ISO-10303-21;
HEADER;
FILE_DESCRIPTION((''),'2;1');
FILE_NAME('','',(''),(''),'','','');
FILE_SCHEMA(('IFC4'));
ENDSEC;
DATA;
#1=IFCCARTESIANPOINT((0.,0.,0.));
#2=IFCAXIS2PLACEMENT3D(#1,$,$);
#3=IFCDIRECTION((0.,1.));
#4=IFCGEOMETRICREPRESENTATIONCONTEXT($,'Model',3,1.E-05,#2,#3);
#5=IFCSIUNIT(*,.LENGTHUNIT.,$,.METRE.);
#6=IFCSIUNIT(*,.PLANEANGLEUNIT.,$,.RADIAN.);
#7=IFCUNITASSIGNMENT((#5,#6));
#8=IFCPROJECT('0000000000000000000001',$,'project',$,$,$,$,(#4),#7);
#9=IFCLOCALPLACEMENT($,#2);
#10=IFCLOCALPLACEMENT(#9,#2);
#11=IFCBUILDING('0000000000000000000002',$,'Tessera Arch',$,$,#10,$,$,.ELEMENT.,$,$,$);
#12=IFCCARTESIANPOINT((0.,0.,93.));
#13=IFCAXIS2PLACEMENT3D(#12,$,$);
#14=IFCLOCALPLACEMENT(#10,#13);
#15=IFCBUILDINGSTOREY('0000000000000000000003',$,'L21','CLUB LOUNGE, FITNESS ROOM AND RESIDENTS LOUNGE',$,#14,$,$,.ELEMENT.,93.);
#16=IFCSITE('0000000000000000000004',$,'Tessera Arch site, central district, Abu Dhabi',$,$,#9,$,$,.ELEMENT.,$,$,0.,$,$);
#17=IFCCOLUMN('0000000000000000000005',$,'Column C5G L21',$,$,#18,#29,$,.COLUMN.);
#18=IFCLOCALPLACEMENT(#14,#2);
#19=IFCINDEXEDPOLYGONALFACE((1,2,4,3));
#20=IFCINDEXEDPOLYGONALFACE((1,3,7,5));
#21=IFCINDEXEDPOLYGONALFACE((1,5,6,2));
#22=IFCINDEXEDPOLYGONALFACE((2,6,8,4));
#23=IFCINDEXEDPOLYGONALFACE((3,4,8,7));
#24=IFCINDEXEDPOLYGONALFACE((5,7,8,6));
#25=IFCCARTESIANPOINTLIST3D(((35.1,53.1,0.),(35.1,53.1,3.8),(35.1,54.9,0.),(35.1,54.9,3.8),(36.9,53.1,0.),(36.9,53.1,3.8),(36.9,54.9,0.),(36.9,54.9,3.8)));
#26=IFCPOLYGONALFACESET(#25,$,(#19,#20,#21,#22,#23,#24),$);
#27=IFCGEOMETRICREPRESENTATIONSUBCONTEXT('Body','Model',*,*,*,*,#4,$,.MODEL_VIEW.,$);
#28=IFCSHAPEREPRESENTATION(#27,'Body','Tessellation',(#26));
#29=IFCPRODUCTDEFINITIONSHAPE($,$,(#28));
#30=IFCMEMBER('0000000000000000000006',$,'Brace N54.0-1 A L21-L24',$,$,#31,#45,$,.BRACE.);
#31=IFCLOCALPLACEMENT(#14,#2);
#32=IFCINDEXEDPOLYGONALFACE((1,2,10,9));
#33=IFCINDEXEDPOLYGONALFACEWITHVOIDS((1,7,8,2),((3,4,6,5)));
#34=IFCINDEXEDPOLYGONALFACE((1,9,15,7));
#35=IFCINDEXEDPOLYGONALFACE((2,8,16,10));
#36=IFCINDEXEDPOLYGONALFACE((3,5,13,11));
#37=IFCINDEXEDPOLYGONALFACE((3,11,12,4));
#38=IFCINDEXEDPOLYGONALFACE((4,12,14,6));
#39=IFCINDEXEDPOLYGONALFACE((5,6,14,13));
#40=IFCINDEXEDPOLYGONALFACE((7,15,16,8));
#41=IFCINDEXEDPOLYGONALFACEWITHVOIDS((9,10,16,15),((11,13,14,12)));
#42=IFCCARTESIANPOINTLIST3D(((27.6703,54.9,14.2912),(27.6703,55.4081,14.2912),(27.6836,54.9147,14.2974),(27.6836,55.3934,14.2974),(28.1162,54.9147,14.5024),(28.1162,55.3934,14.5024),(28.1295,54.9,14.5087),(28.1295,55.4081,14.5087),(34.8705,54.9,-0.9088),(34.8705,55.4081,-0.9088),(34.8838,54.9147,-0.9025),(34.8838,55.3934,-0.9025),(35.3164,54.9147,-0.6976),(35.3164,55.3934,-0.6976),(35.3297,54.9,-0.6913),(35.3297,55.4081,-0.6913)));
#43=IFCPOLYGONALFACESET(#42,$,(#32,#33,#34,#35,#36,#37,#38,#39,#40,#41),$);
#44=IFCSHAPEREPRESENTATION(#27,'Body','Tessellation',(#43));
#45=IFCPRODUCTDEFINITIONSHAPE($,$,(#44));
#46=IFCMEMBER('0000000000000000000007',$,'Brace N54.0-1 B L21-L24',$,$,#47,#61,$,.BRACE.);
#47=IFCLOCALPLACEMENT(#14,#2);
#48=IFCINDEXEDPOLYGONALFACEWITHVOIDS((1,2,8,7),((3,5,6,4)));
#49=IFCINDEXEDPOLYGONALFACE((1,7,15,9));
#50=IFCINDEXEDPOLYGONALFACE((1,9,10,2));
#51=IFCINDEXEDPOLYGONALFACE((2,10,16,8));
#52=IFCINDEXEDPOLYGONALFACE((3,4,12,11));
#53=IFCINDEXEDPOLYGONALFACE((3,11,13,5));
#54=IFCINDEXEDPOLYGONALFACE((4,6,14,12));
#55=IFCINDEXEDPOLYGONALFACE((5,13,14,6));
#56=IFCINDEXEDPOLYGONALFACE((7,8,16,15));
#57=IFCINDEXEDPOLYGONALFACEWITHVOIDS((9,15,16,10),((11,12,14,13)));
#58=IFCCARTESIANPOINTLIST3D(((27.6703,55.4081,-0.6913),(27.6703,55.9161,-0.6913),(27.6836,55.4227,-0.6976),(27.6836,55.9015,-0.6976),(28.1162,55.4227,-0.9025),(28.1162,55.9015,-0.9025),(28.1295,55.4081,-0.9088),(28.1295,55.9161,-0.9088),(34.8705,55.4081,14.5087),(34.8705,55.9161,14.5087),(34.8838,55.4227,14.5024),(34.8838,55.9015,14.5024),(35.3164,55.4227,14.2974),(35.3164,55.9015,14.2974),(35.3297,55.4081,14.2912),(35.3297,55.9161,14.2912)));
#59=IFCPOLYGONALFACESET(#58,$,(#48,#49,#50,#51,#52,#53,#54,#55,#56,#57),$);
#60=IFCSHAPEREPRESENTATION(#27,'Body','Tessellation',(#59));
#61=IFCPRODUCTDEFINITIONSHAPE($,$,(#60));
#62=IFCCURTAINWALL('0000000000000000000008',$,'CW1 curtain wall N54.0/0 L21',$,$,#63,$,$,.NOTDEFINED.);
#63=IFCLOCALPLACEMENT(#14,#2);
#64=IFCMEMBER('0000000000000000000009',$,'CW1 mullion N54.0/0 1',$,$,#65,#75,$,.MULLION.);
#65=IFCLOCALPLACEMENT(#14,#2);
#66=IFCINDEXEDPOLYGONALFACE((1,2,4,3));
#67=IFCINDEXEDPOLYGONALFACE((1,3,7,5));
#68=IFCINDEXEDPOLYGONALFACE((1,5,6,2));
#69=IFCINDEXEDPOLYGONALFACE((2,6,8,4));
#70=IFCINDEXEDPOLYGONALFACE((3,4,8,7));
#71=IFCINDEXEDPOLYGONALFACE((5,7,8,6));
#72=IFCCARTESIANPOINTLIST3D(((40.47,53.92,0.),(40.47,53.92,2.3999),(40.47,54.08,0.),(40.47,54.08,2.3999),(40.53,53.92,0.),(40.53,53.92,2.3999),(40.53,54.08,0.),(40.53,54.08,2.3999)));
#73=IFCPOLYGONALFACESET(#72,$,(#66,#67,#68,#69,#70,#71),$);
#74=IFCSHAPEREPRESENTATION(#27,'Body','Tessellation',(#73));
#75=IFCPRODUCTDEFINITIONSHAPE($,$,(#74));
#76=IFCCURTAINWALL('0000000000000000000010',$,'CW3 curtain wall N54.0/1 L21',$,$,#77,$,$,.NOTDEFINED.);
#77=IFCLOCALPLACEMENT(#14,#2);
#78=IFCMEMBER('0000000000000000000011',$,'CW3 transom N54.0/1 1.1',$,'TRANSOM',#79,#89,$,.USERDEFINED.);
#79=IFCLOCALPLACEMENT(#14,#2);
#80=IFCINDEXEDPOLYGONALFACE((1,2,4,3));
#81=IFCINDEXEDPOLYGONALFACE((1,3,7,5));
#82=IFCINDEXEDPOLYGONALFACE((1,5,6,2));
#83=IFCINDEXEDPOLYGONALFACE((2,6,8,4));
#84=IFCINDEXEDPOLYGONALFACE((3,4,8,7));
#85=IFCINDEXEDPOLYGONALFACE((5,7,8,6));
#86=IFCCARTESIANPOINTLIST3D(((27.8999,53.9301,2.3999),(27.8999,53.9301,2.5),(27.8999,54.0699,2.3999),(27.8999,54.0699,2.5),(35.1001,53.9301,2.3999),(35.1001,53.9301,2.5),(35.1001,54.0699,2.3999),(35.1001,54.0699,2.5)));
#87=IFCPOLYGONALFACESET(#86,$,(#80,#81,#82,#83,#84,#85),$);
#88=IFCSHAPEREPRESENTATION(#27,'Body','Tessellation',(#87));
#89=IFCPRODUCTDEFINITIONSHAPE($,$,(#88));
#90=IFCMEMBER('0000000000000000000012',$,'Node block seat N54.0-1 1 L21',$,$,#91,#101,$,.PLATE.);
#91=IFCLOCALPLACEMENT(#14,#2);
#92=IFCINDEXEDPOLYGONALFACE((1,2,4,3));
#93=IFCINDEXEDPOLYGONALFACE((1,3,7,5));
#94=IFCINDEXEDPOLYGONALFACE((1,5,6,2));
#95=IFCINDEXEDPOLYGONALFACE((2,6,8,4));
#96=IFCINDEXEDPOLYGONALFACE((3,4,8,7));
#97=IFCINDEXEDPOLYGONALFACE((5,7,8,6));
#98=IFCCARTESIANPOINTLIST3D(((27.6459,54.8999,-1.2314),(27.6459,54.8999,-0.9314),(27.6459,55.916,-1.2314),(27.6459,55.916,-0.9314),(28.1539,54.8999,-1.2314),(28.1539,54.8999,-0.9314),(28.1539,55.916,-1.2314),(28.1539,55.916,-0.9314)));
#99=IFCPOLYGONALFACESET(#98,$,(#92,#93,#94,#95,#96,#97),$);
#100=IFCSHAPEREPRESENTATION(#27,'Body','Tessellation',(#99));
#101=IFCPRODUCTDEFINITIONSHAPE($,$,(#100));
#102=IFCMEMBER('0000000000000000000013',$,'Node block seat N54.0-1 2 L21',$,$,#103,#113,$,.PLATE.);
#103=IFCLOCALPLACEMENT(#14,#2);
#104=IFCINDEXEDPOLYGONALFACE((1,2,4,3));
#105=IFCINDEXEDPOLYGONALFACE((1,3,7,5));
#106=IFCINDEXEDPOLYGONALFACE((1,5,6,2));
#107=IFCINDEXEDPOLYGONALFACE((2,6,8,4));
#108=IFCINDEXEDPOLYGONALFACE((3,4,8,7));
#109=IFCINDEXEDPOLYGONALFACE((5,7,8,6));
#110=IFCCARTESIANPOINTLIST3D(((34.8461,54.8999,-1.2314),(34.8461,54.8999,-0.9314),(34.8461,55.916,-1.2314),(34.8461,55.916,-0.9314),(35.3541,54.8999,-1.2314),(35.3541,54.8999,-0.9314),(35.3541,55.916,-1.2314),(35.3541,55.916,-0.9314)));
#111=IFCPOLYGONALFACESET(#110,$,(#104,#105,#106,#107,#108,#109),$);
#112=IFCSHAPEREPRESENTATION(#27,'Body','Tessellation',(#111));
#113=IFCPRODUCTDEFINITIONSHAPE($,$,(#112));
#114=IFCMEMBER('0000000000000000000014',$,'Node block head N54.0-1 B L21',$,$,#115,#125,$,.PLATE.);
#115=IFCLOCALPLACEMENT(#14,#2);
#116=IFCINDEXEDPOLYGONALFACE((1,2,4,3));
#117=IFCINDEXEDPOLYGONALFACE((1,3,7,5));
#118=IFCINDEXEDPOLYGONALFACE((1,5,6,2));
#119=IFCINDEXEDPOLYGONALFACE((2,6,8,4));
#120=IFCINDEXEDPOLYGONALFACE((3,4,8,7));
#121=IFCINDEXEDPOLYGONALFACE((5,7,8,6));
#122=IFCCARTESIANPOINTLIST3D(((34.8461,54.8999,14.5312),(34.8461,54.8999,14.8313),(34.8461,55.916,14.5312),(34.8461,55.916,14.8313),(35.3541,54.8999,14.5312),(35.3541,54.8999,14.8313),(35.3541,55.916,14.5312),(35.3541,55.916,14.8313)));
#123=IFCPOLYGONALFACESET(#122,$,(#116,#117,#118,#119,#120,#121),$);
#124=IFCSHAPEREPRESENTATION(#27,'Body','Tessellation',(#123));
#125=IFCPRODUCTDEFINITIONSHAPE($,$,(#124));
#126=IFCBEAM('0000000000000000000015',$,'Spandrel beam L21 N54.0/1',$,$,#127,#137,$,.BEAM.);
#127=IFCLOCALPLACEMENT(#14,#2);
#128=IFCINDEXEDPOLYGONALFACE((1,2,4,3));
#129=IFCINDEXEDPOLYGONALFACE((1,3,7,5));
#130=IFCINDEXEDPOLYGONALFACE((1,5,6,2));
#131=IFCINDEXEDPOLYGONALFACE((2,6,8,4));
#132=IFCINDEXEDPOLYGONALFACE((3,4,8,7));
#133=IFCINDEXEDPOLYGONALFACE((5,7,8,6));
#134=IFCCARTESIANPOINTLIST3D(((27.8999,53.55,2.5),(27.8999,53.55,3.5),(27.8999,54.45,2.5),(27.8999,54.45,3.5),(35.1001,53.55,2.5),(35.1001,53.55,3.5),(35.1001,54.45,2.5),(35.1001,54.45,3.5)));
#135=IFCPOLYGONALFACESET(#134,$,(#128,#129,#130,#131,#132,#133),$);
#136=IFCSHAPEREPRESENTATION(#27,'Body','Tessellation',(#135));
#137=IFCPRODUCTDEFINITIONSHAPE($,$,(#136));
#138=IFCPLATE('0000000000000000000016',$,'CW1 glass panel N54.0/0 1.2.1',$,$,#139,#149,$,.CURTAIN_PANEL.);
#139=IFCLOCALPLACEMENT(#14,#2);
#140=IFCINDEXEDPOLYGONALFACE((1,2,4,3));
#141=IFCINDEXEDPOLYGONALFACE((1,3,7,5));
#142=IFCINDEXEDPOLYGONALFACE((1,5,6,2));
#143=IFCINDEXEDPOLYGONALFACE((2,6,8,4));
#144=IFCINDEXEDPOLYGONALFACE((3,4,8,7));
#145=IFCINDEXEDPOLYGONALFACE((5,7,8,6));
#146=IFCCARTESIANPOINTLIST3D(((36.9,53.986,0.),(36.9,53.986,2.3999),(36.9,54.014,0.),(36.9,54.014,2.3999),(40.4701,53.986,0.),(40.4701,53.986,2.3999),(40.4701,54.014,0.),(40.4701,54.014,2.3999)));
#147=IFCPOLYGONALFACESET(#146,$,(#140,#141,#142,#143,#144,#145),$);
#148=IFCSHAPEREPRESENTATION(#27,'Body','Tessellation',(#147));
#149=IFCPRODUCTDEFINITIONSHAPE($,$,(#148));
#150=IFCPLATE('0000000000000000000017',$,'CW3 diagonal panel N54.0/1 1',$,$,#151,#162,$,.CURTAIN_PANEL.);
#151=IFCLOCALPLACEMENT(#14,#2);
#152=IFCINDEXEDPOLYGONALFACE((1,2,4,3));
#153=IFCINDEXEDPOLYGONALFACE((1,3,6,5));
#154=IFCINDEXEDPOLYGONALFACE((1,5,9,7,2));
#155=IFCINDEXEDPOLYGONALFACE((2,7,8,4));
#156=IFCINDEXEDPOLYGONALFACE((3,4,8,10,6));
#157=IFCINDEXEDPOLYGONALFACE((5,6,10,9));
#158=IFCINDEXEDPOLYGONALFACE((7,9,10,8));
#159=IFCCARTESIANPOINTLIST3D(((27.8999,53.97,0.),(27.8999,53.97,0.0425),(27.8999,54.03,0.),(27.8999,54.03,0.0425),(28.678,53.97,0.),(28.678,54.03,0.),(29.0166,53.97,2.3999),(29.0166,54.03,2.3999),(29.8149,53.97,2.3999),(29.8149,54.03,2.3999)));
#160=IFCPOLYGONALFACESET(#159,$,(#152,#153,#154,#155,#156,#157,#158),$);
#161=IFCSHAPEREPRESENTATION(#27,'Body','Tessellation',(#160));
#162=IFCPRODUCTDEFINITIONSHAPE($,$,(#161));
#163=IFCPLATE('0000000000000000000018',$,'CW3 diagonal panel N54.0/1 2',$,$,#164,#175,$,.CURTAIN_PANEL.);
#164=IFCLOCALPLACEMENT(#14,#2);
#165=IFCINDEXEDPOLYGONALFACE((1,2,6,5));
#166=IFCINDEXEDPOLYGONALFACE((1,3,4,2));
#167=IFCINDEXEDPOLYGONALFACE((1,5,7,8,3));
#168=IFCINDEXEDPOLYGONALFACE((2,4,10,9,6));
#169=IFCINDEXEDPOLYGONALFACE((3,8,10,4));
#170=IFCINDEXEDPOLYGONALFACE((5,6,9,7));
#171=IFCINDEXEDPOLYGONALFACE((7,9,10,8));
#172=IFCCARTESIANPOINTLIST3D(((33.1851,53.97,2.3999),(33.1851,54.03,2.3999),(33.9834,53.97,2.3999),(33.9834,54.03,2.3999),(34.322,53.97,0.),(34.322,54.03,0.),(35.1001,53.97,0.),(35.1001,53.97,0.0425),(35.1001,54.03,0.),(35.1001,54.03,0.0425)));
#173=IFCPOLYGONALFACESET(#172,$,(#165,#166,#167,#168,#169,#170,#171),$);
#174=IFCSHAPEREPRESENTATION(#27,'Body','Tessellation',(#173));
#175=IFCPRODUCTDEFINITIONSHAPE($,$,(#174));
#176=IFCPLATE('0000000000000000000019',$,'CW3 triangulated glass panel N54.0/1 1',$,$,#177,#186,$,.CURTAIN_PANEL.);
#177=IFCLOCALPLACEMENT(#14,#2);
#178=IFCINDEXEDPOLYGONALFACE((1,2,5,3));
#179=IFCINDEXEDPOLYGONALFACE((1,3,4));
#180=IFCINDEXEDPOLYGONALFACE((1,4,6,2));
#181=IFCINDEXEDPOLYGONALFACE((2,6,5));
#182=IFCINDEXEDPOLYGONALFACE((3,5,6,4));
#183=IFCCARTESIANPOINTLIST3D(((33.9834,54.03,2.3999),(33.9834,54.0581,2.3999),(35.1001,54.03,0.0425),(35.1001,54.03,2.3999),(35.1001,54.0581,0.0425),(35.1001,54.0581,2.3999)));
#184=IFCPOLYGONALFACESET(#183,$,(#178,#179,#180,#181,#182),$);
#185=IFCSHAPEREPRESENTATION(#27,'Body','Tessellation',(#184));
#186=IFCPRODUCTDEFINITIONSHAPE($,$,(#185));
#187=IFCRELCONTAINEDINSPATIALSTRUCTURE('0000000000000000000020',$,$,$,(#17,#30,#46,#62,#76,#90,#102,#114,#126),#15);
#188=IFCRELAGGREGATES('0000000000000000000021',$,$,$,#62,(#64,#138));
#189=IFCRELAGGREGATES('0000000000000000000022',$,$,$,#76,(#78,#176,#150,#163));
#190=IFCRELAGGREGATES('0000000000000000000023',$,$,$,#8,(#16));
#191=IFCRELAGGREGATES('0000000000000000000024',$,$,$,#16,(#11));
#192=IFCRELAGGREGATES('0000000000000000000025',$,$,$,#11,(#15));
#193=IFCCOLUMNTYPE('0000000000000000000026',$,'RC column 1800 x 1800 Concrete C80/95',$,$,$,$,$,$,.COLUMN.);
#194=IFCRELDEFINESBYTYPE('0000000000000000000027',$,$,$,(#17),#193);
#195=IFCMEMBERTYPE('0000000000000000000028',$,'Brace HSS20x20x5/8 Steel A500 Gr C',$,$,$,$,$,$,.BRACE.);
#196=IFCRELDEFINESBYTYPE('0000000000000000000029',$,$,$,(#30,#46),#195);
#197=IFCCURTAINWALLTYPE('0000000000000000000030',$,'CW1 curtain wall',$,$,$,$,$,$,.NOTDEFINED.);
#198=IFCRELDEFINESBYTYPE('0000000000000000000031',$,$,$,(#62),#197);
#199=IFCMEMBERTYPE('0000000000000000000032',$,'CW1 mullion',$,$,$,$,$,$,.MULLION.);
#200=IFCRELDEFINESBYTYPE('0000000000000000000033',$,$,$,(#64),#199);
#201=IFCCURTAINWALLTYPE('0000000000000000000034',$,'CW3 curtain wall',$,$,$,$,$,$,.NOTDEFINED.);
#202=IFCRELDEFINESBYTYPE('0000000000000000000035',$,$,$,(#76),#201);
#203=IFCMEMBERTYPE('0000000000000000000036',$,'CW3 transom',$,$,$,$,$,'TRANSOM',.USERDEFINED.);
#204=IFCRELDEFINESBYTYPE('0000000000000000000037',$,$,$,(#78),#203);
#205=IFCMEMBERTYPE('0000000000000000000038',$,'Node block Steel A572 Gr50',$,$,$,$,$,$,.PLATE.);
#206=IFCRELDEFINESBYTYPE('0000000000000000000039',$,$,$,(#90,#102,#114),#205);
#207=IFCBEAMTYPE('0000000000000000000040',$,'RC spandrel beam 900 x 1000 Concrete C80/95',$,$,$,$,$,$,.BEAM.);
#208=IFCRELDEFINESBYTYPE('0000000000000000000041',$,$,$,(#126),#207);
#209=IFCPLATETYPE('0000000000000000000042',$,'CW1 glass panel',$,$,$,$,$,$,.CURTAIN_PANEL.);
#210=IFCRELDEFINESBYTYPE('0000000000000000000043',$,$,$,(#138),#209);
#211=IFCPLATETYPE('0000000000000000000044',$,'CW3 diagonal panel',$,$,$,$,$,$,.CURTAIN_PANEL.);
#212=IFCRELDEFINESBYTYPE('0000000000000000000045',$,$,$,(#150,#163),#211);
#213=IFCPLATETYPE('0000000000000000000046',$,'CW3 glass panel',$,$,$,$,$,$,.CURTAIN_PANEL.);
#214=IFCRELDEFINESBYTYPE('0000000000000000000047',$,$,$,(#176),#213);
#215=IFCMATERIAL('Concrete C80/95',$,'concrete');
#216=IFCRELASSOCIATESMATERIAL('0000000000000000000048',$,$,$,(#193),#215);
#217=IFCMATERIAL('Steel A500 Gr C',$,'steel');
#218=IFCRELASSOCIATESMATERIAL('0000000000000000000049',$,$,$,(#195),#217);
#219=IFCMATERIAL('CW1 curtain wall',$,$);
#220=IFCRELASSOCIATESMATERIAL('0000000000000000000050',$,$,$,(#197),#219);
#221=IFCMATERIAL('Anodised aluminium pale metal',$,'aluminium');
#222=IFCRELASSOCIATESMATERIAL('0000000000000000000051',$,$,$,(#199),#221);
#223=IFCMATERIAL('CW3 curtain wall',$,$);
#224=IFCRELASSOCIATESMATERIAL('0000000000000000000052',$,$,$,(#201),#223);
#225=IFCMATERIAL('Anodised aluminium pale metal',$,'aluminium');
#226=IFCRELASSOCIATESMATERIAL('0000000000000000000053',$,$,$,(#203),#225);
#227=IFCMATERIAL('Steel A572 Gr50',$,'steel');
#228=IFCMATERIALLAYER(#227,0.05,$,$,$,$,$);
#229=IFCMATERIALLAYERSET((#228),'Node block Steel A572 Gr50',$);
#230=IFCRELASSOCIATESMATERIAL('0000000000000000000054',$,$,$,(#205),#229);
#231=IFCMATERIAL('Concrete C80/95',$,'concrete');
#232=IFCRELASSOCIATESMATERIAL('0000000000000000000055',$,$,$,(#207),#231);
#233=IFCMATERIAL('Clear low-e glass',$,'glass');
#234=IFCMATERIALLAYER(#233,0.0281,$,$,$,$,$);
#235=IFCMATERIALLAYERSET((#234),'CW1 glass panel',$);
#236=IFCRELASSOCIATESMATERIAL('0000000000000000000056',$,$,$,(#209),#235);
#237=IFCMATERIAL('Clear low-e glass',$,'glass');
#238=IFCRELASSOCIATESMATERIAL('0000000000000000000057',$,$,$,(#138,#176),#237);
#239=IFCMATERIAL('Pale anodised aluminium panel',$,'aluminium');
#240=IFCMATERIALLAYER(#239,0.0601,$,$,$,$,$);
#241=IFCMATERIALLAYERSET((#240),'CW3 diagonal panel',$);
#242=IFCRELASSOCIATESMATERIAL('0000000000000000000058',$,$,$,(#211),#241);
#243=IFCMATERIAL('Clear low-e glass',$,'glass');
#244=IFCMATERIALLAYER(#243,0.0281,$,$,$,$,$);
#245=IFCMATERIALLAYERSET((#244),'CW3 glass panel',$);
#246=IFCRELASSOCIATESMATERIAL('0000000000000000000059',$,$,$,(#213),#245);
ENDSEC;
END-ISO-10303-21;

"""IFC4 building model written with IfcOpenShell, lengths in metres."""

from ifc_helpers import new_model, si_unit, direction, frame, origin, origin_2d, place, context, subcontext, project, spatial, polyline, rectangle, hollow_rectangle, outline, extrude, material, layer, layer_set, material_profile, profile_set, type_object, element, aggregate, save


model = new_model("IFC4")

# Units and contexts
model_context = context("Model", 3, precision=1e-05, world=origin(), true_north=direction((0.0, 1.0)))
body_context = subcontext(model_context, "Body", "Model", "MODEL_VIEW")
ifc_project = project(units=[si_unit("LENGTHUNIT", "METRE"), si_unit("PLANEANGLEUNIT", "RADIAN")], contexts=[model_context])

# Site, building, storey
site_placement = place(None, origin())
site = spatial("IfcSite", under=ifc_project, at=site_placement, Name="Tessera Arch site, central district, Abu Dhabi", CompositionType="ELEMENT", RefElevation=0.0)
building_placement = place(site_placement, origin())
building = spatial("IfcBuilding", under=site, at=building_placement, Name="Tessera Arch", CompositionType="ELEMENT")
storey_placement = place(building_placement, frame((0.0, 0.0, 93.0)))
storey = spatial("IfcBuildingStorey", under=building, at=storey_placement, Name="L21", Description="CLUB LOUNGE, FITNESS ROOM AND RESIDENTS LOUNGE", CompositionType="ELEMENT", Elevation=93.0)

# Column
ifc_material_1 = material(Name="Concrete C80/95", Category="concrete")
ifc_material_profile_1 = material_profile(ifc_material_1, rectangle(XDim=1.8, YDim=1.8, at=origin_2d()), Name="RC column 1800 x 1800 Concrete C80/95")
ifc_profile_set_1 = profile_set([ifc_material_profile_1], Name="Concrete C80/95")
column_type = type_object("IfcColumnType", Name="RC column 1800 x 1800 Concrete C80/95", PredefinedType="COLUMN", material=ifc_profile_set_1)
column_placement = place(storey_placement, frame((36.0, 54.0, 0.0), z_axis=(0.0, 0.0, 1.0), x_axis=(1.0, 0.0, 0.0)))
element("IfcColumn", 1, at=column_placement, inside=storey, type_object=column_type, Name="Column C5G L21", PredefinedType="COLUMN", context=body_context, shape_type="SweptSolid", body=[
    extrude(rectangle(XDim=1.8, YDim=1.8, at=origin_2d()), origin(), (0.0, 0.0, 1.0), 3.8),
])

# Members
ifc_material_2 = material(Name="Steel A500 Gr C", Category="steel")
ifc_material_profile_2 = material_profile(ifc_material_2, hollow_rectangle(XDim=0.5081, YDim=0.5081, WallThickness=0.0146, at=origin_2d()), Name="HSS20x20x5/8")
ifc_profile_set_2 = profile_set([ifc_material_profile_2], Name="Steel A500 Gr C")
member_type_1 = type_object("IfcMemberType", Name="Brace HSS20x20x5/8 Steel A500 Gr C", PredefinedType="BRACE", material=ifc_profile_set_2)
for number, where, z_axis, x_axis, name in (
    (2, (35.1001, 55.1541, -0.8), (-0.428097, 0.0, 0.903733), (0.0, -1.0, 0.0), "Brace N54.0-1 A L21-L24"),
    (3, (27.8999, 55.6621, -0.8), (0.428097, 0.0, 0.903733), (0.0, 1.0, 0.0), "Brace N54.0-1 B L21-L24"),
):
    element("IfcMember", number, at=place(storey_placement, frame(where, z_axis=z_axis, x_axis=x_axis)), inside=storey, type_object=member_type_1, Name=name, PredefinedType="BRACE", context=body_context, shape_type="SweptSolid", body=[
        extrude(hollow_rectangle(XDim=0.5081, YDim=0.5081, WallThickness=0.0146, at=origin_2d()), origin(), (0.0, 0.0, 1.0), 16.8191),
    ])

# Curtain walls, members
ifc_material_3 = material(Name="CW1 curtain wall")
curtain_wall_type_1 = type_object("IfcCurtainWallType", Name="CW1 curtain wall", PredefinedType="NOTDEFINED", material=ifc_material_3)
curtain_wall_1_placement = place(storey_placement, origin())
curtain_wall_1 = element("IfcCurtainWall", 4, at=curtain_wall_1_placement, inside=storey, type_object=curtain_wall_type_1, Name="CW1 curtain wall N54.0/0 L21", PredefinedType="NOTDEFINED")
ifc_material_4 = material(Name="Anodised aluminium pale metal", Category="aluminium")
ifc_material_profile_3 = material_profile(ifc_material_4, rectangle(XDim=0.1599, YDim=0.0601, at=origin_2d()), Name="AL 60x160")
ifc_profile_set_3 = profile_set([ifc_material_profile_3], Name="Anodised aluminium pale metal")
member_type_2 = type_object("IfcMemberType", Name="CW1 mullion", PredefinedType="MULLION", material=ifc_profile_set_3)
member_1_placement = place(storey_placement, frame((40.5, 54.0, 0.0), z_axis=(0.0, 0.0, 1.0), x_axis=(0.0, -1.0, 0.0)))
member_1 = element("IfcMember", 5, at=member_1_placement, type_object=member_type_2, Name="CW1 mullion N54.0/0 1", PredefinedType="MULLION", context=body_context, shape_type="SweptSolid", body=[
    extrude(rectangle(XDim=0.1599, YDim=0.0601, at=origin_2d()), origin(), (0.0, 0.0, 1.0), 2.3999),
])
ifc_material_5 = material(Name="CW3 curtain wall")
curtain_wall_type_2 = type_object("IfcCurtainWallType", Name="CW3 curtain wall", PredefinedType="NOTDEFINED", material=ifc_material_5)
curtain_wall_2_placement = place(storey_placement, origin())
curtain_wall_2 = element("IfcCurtainWall", 6, at=curtain_wall_2_placement, inside=storey, type_object=curtain_wall_type_2, Name="CW3 curtain wall N54.0/1 L21", PredefinedType="NOTDEFINED")
ifc_material_6 = material(Name="Anodised aluminium pale metal", Category="aluminium")
ifc_material_profile_4 = material_profile(ifc_material_6, rectangle(XDim=0.1399, YDim=0.1001, at=origin_2d()), Name="AL 140x100")
ifc_profile_set_4 = profile_set([ifc_material_profile_4], Name="Anodised aluminium pale metal")
member_type_3 = type_object("IfcMemberType", Name="CW3 transom", ElementType="TRANSOM", PredefinedType="USERDEFINED", material=ifc_profile_set_4)
member_2_placement = place(storey_placement, frame((35.1001, 54.0, 2.45), z_axis=(-1.0, 0.0, 0.0), x_axis=(0.0, -1.0, 0.0)))
member_2 = element("IfcMember", 7, at=member_2_placement, type_object=member_type_3, Name="CW3 transom N54.0/1 1.1", ObjectType="TRANSOM", PredefinedType="USERDEFINED", context=body_context, shape_type="SweptSolid", body=[
    extrude(rectangle(XDim=0.1399, YDim=0.1001, at=origin_2d()), origin(), (0.0, 0.0, 1.0), 7.2002),
])

# Members
ifc_material_7 = material(Name="Steel A572 Gr50", Category="steel")
ifc_layer_1 = layer(ifc_material_7, 0.05)
ifc_layer_set_1 = layer_set([ifc_layer_1], Name="Node block Steel A572 Gr50")
member_type_4 = type_object("IfcMemberType", Name="Node block Steel A572 Gr50", PredefinedType="PLATE", material=ifc_layer_set_1)
for number, where, z_axis, x_axis, name in (
    (8, (27.8999, 55.408, -1.2314), (0.0, 0.0, 1.0), (-1.0, 0.0, 0.0), "Node block seat N54.0-1 1 L21"),
    (9, (35.1001, 55.408, -1.2314), (0.0, 0.0, 1.0), (-1.0, 0.0, 0.0), "Node block seat N54.0-1 2 L21"),
    (10, (35.1001, 55.408, 14.5312), (0.0, 0.0, 1.0), (-1.0, 0.0, 0.0), "Node block head N54.0-1 B L21"),
):
    element("IfcMember", number, at=place(storey_placement, frame(where, z_axis=z_axis, x_axis=x_axis)), inside=storey, type_object=member_type_4, Name=name, PredefinedType="PLATE", context=body_context, shape_type="SweptSolid", body=[
        extrude(rectangle(XDim=0.5081, YDim=1.0161, at=origin_2d()), origin(), (0.0, 0.0, 1.0), 0.3),
    ])

# Beam
ifc_material_8 = material(Name="Concrete C80/95", Category="concrete")
ifc_material_profile_5 = material_profile(ifc_material_8, rectangle(XDim=0.8999, YDim=1.0, at=origin_2d()), Name="RC spandrel beam 900 x 1000 Concrete C80/95")
ifc_profile_set_5 = profile_set([ifc_material_profile_5], Name="Concrete C80/95")
beam_type = type_object("IfcBeamType", Name="RC spandrel beam 900 x 1000 Concrete C80/95", PredefinedType="BEAM", material=ifc_profile_set_5)
beam_placement = place(storey_placement, frame((35.1001, 54.0, 3.0), z_axis=(-1.0, 0.0, 0.0), x_axis=(0.0, -1.0, 0.0)))
element("IfcBeam", 11, at=beam_placement, inside=storey, type_object=beam_type, Name="Spandrel beam L21 N54.0/1", PredefinedType="BEAM", context=body_context, shape_type="SweptSolid", body=[
    extrude(rectangle(XDim=0.8999, YDim=1.0, at=origin_2d()), origin(), (0.0, 0.0, 1.0), 7.2002),
])

# Plates
ifc_material_9 = material(Name="Clear low-e glass", Category="glass")
ifc_material_10 = material(Name="Clear low-e glass", Category="glass")
ifc_layer_2 = layer(ifc_material_10, 0.0281)
ifc_layer_set_2 = layer_set([ifc_layer_2], Name="CW1 glass panel")
plate_type_1 = type_object("IfcPlateType", Name="CW1 glass panel", PredefinedType="CURTAIN_PANEL", material=ifc_layer_set_2)
plate_1_placement = place(storey_placement, frame((38.6851, 54.0, 0.0), z_axis=(0.0, 0.0, 1.0), x_axis=(-1.0, 0.0, 0.0)))
plate_1 = element("IfcPlate", 12, at=plate_1_placement, type_object=plate_type_1, material=ifc_material_9, Name="CW1 glass panel N54.0/0 1.2.1", PredefinedType="CURTAIN_PANEL", context=body_context, shape_type="SweptSolid", body=[
    extrude(rectangle(XDim=3.5701, YDim=0.0281, at=origin_2d()), origin(), (0.0, 0.0, 1.0), 2.3999),
])
aggregate(curtain_wall_1, [member_1, plate_1])
ifc_material_11 = material(Name="Pale anodised aluminium panel", Category="aluminium")
ifc_layer_3 = layer(ifc_material_11, 0.0601)
ifc_layer_set_3 = layer_set([ifc_layer_3], Name="CW3 diagonal panel")
plate_type_2 = type_object("IfcPlateType", Name="CW3 diagonal panel", PredefinedType="CURTAIN_PANEL", material=ifc_layer_set_3)
plate_2_placement = place(storey_placement, frame((27.8999, 54.03, 0.0), z_axis=(0.0, 1.0, 0.0), x_axis=(0.0, 0.0, 1.0)))
plate_2 = element("IfcPlate", 13, at=plate_2_placement, type_object=plate_type_2, Name="CW3 diagonal panel N54.0/1 1", PredefinedType="CURTAIN_PANEL", context=body_context, shape_type="SweptSolid", body=[
    extrude(outline(polyline([(0.0, 0.0), (0.0425, 0.0), (2.3999, 1.1167), (2.3999, 1.915), (0.0, 0.7781), (0.0, 0.0)])), origin(), (0.0, 0.0, -1.0), 0.0601),
])
plate_3_placement = place(storey_placement, frame((33.1851, 54.03, 2.3999), z_axis=(0.0, 1.0, 0.0), x_axis=(1.0, 0.0, 0.0)))
plate_3 = element("IfcPlate", 14, at=plate_3_placement, type_object=plate_type_2, Name="CW3 diagonal panel N54.0/1 2", PredefinedType="CURTAIN_PANEL", context=body_context, shape_type="SweptSolid", body=[
    extrude(outline(polyline([(0.0, 0.0), (0.7983, 0.0), (1.915, 2.3574), (1.915, 2.3999), (1.137, 2.3999), (0.0, 0.0)])), origin(), (0.0, 0.0, -1.0), 0.0601),
])
ifc_material_12 = material(Name="Clear low-e glass", Category="glass")
ifc_layer_4 = layer(ifc_material_12, 0.0281)
ifc_layer_set_4 = layer_set([ifc_layer_4], Name="CW3 glass panel")
plate_type_3 = type_object("IfcPlateType", Name="CW3 glass panel", PredefinedType="CURTAIN_PANEL", material=ifc_layer_set_4)
plate_4_placement = place(storey_placement, frame((35.1001, 54.0581, 2.3999), z_axis=(0.0, 1.0, 0.0), x_axis=(0.0, 0.0, -1.0)))
plate_4 = element("IfcPlate", 15, at=plate_4_placement, type_object=plate_type_3, material=ifc_material_9, Name="CW3 triangulated glass panel N54.0/1 1", PredefinedType="CURTAIN_PANEL", context=body_context, shape_type="SweptSolid", body=[
    extrude(outline(polyline([(0.0, 0.0), (2.3574, 0.0), (0.0, 1.1167), (0.0, 0.0)])), origin(), (0.0, 0.0, -1.0), 0.0281),
])
aggregate(curtain_wall_2, [member_2, plate_4, plate_2, plate_3])

save(model, "model.ifc")
